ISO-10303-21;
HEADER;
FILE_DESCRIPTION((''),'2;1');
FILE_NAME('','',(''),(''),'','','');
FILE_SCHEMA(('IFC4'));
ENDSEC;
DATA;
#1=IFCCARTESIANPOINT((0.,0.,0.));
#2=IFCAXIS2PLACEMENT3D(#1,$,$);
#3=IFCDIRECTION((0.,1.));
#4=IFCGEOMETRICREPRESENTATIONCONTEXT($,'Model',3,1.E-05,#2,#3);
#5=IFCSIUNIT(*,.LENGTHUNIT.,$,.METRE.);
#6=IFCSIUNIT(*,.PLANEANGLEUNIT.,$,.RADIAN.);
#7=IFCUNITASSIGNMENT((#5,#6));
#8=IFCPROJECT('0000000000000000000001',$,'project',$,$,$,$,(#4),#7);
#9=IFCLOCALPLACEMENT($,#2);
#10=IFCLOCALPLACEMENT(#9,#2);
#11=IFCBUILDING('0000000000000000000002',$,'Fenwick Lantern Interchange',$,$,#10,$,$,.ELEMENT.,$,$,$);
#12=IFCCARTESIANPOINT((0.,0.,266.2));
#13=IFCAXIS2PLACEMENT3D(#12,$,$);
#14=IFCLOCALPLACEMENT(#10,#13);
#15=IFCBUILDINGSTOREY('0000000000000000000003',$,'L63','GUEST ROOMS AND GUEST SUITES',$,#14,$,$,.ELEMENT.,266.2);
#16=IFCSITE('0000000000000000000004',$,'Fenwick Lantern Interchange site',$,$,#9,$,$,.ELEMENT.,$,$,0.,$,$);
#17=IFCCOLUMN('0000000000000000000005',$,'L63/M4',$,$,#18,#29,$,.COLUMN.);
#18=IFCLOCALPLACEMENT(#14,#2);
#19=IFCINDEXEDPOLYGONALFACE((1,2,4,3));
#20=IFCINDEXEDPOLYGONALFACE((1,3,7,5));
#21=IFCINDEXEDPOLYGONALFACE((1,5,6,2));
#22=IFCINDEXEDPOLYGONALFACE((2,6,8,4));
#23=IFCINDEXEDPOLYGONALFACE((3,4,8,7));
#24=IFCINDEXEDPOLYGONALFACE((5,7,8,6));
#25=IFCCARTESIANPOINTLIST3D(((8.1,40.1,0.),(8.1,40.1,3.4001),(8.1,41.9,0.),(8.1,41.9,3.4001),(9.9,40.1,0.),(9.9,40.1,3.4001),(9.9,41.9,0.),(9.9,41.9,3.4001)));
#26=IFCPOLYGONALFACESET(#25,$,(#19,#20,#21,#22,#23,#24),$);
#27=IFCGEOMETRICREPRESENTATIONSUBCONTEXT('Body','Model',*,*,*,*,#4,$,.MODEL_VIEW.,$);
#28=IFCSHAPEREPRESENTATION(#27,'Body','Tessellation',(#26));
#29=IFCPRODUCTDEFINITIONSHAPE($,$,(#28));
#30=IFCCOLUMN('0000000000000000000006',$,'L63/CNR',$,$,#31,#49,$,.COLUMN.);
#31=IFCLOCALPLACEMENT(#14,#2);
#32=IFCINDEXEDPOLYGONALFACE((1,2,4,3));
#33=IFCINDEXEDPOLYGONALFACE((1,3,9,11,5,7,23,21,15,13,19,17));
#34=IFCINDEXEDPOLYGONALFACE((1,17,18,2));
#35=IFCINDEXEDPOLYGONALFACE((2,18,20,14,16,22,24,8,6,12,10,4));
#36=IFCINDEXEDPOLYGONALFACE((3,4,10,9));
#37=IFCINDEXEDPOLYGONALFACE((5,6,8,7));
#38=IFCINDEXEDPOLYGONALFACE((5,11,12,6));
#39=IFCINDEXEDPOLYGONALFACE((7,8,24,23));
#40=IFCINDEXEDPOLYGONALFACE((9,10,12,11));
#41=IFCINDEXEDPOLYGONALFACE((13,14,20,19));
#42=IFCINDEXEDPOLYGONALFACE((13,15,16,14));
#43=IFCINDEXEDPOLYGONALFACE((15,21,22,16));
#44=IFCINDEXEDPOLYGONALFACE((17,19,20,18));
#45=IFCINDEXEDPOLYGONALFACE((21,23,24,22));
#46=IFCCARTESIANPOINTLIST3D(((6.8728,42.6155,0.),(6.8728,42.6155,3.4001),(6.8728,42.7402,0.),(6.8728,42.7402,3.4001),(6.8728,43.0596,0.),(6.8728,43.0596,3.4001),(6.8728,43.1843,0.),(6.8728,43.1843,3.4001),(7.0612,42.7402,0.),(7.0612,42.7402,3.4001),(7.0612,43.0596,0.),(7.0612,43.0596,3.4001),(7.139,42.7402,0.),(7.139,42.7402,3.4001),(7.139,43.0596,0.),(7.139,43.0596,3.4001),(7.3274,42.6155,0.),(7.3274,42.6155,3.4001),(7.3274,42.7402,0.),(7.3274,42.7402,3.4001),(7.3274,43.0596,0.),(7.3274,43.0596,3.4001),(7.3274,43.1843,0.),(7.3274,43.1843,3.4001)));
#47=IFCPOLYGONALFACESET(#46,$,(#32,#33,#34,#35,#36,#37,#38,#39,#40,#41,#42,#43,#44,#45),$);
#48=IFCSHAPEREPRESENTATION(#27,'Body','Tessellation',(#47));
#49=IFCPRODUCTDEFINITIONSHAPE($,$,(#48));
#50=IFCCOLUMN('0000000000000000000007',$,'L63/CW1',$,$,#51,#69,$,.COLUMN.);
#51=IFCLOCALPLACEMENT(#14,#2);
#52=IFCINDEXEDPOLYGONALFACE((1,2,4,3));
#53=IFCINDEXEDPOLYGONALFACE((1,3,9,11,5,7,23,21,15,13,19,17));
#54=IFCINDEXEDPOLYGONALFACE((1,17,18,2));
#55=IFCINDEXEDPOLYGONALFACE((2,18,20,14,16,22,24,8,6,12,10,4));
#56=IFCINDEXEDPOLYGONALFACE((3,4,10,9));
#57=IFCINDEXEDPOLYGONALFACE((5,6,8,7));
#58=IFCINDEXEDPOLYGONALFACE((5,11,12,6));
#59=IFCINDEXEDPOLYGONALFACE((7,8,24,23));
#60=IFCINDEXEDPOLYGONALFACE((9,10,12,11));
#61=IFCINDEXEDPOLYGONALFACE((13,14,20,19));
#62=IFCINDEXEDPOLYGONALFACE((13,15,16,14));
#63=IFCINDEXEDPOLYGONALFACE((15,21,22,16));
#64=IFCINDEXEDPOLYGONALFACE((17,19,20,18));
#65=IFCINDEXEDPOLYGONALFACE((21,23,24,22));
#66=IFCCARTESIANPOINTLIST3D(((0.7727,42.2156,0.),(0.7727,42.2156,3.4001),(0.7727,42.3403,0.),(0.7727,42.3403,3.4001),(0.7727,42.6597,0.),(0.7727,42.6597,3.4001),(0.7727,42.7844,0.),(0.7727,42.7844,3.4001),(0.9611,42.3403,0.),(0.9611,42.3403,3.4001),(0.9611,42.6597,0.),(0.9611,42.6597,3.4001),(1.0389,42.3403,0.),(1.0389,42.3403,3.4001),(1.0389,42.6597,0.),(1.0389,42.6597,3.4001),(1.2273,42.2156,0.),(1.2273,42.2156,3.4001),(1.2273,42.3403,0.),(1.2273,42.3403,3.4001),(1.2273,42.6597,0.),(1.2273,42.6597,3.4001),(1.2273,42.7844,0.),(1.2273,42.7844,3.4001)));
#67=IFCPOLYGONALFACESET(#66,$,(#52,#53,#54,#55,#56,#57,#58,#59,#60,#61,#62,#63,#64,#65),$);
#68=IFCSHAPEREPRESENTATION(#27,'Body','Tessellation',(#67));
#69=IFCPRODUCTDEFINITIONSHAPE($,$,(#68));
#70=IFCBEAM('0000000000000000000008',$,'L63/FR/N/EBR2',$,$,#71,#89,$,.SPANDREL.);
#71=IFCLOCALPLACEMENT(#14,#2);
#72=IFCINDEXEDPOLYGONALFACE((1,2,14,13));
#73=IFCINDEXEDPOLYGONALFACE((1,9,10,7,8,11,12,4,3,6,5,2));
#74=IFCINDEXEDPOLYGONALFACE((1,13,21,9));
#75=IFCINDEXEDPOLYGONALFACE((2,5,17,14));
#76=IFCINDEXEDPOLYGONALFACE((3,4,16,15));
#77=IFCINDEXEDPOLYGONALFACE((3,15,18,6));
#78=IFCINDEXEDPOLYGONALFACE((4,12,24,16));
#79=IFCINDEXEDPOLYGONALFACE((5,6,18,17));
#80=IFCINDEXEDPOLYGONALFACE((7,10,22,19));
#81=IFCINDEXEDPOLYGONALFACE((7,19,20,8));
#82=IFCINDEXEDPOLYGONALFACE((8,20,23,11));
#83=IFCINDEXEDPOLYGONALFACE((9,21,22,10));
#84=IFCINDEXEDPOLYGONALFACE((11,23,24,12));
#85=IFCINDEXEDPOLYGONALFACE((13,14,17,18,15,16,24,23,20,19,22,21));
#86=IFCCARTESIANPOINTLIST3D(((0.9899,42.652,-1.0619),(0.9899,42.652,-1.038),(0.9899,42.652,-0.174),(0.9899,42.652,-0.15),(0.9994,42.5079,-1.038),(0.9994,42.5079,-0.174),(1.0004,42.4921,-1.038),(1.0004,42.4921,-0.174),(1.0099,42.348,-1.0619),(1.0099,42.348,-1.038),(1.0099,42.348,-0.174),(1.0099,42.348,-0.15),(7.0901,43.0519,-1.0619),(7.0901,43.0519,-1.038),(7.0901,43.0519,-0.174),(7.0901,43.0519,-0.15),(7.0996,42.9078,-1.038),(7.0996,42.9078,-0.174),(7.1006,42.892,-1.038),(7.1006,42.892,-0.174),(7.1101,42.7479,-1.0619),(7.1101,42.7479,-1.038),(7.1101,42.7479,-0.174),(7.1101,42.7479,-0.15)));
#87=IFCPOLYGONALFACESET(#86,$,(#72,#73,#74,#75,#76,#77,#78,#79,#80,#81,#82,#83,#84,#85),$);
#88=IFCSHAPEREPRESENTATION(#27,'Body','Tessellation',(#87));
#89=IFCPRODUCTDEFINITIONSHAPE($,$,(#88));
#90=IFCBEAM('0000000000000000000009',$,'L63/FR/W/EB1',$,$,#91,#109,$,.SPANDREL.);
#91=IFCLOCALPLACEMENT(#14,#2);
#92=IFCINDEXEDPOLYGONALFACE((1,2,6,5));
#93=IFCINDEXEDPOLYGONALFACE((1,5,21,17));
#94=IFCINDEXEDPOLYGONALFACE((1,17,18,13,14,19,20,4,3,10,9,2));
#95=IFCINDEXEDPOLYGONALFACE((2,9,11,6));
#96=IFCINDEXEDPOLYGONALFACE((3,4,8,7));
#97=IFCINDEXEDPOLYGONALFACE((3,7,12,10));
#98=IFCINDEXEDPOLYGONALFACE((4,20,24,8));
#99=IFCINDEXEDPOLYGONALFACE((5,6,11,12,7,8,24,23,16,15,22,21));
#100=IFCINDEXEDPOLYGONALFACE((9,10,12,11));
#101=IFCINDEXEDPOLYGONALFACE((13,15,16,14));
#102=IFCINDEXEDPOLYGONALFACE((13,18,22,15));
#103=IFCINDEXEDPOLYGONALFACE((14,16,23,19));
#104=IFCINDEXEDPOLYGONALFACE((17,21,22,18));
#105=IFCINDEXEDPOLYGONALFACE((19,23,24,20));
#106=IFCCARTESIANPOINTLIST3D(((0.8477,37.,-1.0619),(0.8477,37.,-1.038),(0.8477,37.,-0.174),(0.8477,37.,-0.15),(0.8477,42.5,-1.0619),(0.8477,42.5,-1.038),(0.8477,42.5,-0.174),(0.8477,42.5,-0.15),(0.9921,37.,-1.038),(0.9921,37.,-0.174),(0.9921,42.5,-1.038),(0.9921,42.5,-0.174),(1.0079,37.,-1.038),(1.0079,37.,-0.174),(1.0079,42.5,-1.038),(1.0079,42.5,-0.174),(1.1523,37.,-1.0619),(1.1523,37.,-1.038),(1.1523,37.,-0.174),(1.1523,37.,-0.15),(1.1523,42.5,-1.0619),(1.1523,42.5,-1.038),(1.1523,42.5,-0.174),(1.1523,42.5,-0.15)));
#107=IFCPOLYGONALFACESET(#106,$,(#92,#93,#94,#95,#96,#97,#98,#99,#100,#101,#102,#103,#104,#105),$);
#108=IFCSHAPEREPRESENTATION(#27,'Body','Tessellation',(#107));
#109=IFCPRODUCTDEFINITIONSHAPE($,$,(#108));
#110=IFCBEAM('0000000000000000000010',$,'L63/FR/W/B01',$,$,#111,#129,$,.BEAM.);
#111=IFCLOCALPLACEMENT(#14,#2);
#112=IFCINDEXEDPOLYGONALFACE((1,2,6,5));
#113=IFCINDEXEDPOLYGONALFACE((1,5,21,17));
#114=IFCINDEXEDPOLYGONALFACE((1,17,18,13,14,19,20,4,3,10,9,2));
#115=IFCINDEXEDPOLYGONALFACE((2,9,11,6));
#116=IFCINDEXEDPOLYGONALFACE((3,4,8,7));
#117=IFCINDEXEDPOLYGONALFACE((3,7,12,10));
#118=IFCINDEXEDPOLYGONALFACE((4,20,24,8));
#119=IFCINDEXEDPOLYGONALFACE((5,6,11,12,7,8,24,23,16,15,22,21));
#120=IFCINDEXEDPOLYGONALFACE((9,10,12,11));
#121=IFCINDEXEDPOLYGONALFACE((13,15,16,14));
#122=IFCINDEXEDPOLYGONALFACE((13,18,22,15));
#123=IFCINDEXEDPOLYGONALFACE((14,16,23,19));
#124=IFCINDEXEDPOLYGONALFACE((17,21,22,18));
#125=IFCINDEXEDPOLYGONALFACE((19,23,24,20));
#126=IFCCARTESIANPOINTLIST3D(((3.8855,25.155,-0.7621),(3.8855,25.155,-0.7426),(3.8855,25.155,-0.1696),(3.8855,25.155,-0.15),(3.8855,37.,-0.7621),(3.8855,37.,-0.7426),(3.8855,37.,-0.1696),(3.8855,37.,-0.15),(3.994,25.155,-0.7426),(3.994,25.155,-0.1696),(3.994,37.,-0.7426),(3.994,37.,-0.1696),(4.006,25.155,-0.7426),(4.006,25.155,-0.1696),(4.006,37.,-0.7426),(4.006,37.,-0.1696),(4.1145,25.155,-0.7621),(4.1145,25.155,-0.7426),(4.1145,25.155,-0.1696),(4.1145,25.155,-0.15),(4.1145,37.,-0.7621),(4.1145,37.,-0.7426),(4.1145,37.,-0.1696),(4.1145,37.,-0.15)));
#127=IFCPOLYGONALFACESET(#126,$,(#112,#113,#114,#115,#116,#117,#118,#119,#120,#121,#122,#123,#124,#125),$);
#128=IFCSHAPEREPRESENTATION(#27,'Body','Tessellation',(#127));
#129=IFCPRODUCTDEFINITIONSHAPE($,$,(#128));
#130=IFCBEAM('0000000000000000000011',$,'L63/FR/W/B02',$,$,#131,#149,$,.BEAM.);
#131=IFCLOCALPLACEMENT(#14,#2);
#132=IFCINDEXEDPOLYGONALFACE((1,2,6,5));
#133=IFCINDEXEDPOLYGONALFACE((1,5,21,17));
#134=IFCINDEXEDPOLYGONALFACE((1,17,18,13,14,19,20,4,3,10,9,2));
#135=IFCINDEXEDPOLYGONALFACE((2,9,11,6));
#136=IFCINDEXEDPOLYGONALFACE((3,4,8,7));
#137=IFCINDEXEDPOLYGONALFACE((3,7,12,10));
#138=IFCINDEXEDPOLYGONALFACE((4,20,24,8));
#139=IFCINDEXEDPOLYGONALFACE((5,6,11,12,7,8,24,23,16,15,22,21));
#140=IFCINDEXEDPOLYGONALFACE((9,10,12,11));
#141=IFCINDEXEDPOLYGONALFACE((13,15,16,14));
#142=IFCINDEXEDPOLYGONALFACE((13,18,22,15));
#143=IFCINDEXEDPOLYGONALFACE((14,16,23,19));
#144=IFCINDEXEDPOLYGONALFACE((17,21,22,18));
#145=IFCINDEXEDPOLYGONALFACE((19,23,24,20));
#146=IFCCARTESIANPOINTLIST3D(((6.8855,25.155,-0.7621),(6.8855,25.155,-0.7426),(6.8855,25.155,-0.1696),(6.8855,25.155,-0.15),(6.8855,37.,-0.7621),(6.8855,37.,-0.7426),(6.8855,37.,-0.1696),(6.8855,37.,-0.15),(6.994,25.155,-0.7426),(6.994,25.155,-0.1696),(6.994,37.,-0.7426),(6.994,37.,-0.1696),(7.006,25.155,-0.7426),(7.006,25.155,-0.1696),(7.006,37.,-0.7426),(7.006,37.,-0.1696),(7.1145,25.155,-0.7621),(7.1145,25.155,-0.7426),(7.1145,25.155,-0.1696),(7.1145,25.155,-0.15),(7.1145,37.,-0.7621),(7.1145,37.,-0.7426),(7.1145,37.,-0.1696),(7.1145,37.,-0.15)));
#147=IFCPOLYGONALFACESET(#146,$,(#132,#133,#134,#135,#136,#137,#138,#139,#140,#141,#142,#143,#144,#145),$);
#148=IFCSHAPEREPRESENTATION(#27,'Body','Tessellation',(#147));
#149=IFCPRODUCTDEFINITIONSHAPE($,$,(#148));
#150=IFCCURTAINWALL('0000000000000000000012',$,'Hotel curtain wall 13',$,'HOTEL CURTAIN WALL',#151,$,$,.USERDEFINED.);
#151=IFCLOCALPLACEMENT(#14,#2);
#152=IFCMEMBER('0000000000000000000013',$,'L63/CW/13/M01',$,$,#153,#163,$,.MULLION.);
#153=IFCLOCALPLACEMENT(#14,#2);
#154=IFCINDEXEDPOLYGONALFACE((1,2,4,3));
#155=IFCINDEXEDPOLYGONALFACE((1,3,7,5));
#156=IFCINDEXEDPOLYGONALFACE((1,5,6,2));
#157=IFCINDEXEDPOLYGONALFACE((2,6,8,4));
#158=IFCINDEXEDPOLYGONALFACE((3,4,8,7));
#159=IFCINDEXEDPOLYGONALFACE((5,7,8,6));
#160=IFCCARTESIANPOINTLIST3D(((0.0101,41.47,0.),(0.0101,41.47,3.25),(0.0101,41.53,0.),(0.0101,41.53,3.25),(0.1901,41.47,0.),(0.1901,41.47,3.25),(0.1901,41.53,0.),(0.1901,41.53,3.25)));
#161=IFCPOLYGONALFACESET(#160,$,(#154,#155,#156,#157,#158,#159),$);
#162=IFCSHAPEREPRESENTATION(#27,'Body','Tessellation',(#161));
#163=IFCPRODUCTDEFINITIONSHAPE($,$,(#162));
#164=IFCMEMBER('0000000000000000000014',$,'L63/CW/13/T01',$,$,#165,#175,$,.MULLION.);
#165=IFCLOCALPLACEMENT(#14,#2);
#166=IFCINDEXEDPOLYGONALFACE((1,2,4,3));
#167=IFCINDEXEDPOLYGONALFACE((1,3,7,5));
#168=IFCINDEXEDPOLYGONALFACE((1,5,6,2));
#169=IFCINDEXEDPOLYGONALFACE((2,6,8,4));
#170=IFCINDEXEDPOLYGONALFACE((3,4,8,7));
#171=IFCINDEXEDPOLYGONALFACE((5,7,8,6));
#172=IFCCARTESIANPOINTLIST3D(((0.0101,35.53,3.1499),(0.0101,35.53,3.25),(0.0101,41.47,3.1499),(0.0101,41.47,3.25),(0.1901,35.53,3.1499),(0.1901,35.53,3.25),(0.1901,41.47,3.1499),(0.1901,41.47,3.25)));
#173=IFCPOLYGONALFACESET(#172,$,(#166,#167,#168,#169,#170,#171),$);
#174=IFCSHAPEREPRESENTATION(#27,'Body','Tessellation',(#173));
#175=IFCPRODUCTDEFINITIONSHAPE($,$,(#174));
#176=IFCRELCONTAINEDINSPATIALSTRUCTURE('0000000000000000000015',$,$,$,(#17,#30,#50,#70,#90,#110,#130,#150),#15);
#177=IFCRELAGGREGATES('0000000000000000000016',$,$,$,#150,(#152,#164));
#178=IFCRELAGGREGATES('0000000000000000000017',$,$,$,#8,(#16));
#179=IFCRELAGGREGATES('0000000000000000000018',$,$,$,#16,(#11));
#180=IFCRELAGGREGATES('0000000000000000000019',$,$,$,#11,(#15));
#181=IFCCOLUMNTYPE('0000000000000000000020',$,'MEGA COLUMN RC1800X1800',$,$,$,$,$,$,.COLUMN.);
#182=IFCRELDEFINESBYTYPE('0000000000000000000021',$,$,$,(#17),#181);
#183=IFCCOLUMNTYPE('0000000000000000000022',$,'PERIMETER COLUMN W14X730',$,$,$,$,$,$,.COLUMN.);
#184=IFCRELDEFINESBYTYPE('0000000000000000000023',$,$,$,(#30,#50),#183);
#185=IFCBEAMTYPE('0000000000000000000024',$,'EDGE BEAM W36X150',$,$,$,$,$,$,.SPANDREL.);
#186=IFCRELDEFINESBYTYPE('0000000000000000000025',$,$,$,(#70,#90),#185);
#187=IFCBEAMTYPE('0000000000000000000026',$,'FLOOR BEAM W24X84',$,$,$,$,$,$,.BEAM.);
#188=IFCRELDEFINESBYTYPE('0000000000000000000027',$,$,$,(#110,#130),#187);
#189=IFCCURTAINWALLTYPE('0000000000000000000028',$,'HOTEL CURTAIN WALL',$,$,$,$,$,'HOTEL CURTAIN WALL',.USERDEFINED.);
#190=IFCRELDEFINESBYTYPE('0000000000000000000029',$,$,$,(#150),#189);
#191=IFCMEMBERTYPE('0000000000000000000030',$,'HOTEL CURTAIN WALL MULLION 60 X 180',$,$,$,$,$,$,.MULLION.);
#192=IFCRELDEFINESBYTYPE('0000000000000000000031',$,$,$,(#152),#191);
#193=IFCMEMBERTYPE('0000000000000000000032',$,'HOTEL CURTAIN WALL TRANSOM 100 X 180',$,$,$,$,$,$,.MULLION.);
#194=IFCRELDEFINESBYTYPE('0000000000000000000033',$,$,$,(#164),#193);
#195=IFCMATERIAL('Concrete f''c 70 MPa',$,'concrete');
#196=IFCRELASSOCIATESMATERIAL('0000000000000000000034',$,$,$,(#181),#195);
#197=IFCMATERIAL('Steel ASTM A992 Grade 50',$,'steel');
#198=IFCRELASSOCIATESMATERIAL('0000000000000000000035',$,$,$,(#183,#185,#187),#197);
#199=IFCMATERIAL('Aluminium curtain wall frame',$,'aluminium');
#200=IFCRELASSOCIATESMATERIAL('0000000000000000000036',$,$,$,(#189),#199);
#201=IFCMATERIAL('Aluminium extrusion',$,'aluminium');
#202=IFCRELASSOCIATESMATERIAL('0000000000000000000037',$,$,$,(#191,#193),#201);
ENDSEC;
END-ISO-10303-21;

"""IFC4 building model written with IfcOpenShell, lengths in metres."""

from ifc_helpers import new_model, si_unit, direction, frame, origin, origin_2d, place, context, subcontext, project, spatial, rectangle, i_section, extrude, material, material_profile, profile_set, type_object, element, aggregate, save


model = new_model("IFC4")

# Units and contexts
model_context = context("Model", 3, precision=1e-05, world=origin(), true_north=direction((0.0, 1.0)))
body_context = subcontext(model_context, "Body", "Model", "MODEL_VIEW")
ifc_project = project(units=[si_unit("LENGTHUNIT", "METRE"), si_unit("PLANEANGLEUNIT", "RADIAN")], contexts=[model_context])

# Site, building, storey
site_placement = place(None, origin())
site = spatial("IfcSite", under=ifc_project, at=site_placement, Name="Fenwick Lantern Interchange site", CompositionType="ELEMENT", RefElevation=0.0)
building_placement = place(site_placement, origin())
building = spatial("IfcBuilding", under=site, at=building_placement, Name="Fenwick Lantern Interchange", CompositionType="ELEMENT")
storey_placement = place(building_placement, frame((0.0, 0.0, 266.2)))
storey = spatial("IfcBuildingStorey", under=building, at=storey_placement, Name="L63", Description="GUEST ROOMS AND GUEST SUITES", CompositionType="ELEMENT", Elevation=266.2)

# Columns
ifc_material_1 = material(Name="Concrete f'c 70 MPa", Category="concrete")
ifc_material_profile_1 = material_profile(ifc_material_1, rectangle(XDim=1.8, YDim=1.8, at=origin_2d()), Name="RC1800X1800")
ifc_profile_set_1 = profile_set([ifc_material_profile_1], Name="Concrete f'c 70 MPa")
column_type_1 = type_object("IfcColumnType", Name="MEGA COLUMN RC1800X1800", PredefinedType="COLUMN", material=ifc_profile_set_1)
column_placement = place(storey_placement, frame((9.0, 41.0, 0.0), z_axis=(0.0, 0.0, 1.0), x_axis=(1.0, 0.0, 0.0)))
element("IfcColumn", 1, at=column_placement, inside=storey, type_object=column_type_1, Name="L63/M4", PredefinedType="COLUMN", context=body_context, shape_type="SweptSolid", body=[
    extrude(rectangle(XDim=1.8, YDim=1.8, at=origin_2d()), origin(), (0.0, 0.0, 1.0), 3.4001),
])
ifc_material_2 = material(Name="Steel ASTM A992 Grade 50", Category="steel")
ifc_material_profile_2 = material_profile(ifc_material_2, i_section(OverallWidth=0.4546, OverallDepth=0.5688, WebThickness=0.0779, FlangeThickness=0.1248, at=origin_2d()), Name="W14X730")
ifc_profile_set_2 = profile_set([ifc_material_profile_2], Name="Steel ASTM A992 Grade 50")
column_type_2 = type_object("IfcColumnType", Name="PERIMETER COLUMN W14X730", PredefinedType="COLUMN", material=ifc_profile_set_2)
for number, where, z_axis, x_axis, name in (
    (2, (7.1001, 42.8999, 0.0), (0.0, 0.0, 1.0), (1.0, 0.0, 0.0), "L63/CNR"),
    (3, (1.0, 42.5, 0.0), (0.0, 0.0, 1.0), (1.0, 0.0, 0.0), "L63/CW1"),
):
    element("IfcColumn", number, at=place(storey_placement, frame(where, z_axis=z_axis, x_axis=x_axis)), inside=storey, type_object=column_type_2, Name=name, PredefinedType="COLUMN", context=body_context, shape_type="SweptSolid", body=[
        extrude(i_section(OverallWidth=0.4546, OverallDepth=0.5688, WebThickness=0.0779, FlangeThickness=0.1248, at=origin_2d()), origin(), (0.0, 0.0, 1.0), 3.4001),
    ])

# Beams
ifc_material_profile_3 = material_profile(ifc_material_2, i_section(OverallWidth=0.3047, OverallDepth=0.9119, WebThickness=0.0159, FlangeThickness=0.0239, at=origin_2d()), Name="W36X150")
ifc_profile_set_3 = profile_set([ifc_material_profile_3], Name="Steel ASTM A992 Grade 50")
beam_type_1 = type_object("IfcBeamType", Name="EDGE BEAM W36X150", PredefinedType="SPANDREL", material=ifc_profile_set_3)
beam_1_placement = place(storey_placement, frame((7.1001, 42.8999, -0.606), z_axis=(-0.997858, -0.065416, 0.0), x_axis=(0.065416, -0.997858, 0.0)))
element("IfcBeam", 4, at=beam_1_placement, inside=storey, type_object=beam_type_1, Name="L63/FR/N/EBR2", PredefinedType="SPANDREL", context=body_context, shape_type="SweptSolid", body=[
    extrude(i_section(OverallWidth=0.3047, OverallDepth=0.9119, WebThickness=0.0159, FlangeThickness=0.0239, at=origin_2d()), origin(), (0.0, 0.0, 1.0), 6.1133),
])
beam_2_placement = place(storey_placement, frame((1.0, 42.5, -0.606), z_axis=(0.0, -1.0, 0.0), x_axis=(1.0, 0.0, 0.0)))
element("IfcBeam", 5, at=beam_2_placement, inside=storey, type_object=beam_type_1, Name="L63/FR/W/EB1", PredefinedType="SPANDREL", context=body_context, shape_type="SweptSolid", body=[
    extrude(i_section(OverallWidth=0.3047, OverallDepth=0.9119, WebThickness=0.0159, FlangeThickness=0.0239, at=origin_2d()), origin(), (0.0, 0.0, 1.0), 5.5),
])
ifc_material_profile_4 = material_profile(ifc_material_2, i_section(OverallWidth=0.229, OverallDepth=0.6121, WebThickness=0.012, FlangeThickness=0.0195, at=origin_2d()), Name="W24X84")
ifc_profile_set_4 = profile_set([ifc_material_profile_4], Name="Steel ASTM A992 Grade 50")
beam_type_2 = type_object("IfcBeamType", Name="FLOOR BEAM W24X84", PredefinedType="BEAM", material=ifc_profile_set_4)
for number, where, z_axis, x_axis, name in (
    (6, (4.0, 37.0, -0.4561), (0.0, -1.0, 0.0), (1.0, 0.0, 0.0), "L63/FR/W/B01"),
    (7, (7.0, 37.0, -0.4561), (0.0, -1.0, 0.0), (1.0, 0.0, 0.0), "L63/FR/W/B02"),
):
    element("IfcBeam", number, at=place(storey_placement, frame(where, z_axis=z_axis, x_axis=x_axis)), inside=storey, type_object=beam_type_2, Name=name, PredefinedType="BEAM", context=body_context, shape_type="SweptSolid", body=[
        extrude(i_section(OverallWidth=0.229, OverallDepth=0.6121, WebThickness=0.012, FlangeThickness=0.0195, at=origin_2d()), origin(), (0.0, 0.0, 1.0), 11.845),
    ])

# Curtain wall, members
ifc_material_3 = material(Name="Aluminium curtain wall frame", Category="aluminium")
curtain_wall_type = type_object("IfcCurtainWallType", Name="HOTEL CURTAIN WALL", ElementType="HOTEL CURTAIN WALL", PredefinedType="USERDEFINED", material=ifc_material_3)
curtain_wall_placement = place(storey_placement, origin())
curtain_wall = element("IfcCurtainWall", 8, at=curtain_wall_placement, inside=storey, type_object=curtain_wall_type, Name="Hotel curtain wall 13", ObjectType="HOTEL CURTAIN WALL", PredefinedType="USERDEFINED")
ifc_material_4 = material(Name="Aluminium extrusion", Category="aluminium")
ifc_material_profile_5 = material_profile(ifc_material_4, rectangle(XDim=0.1799, YDim=0.0601, at=origin_2d()), Name="HOTEL CURTAIN WALL MULLION 60 X 180")
ifc_profile_set_5 = profile_set([ifc_material_profile_5], Name="Aluminium extrusion")
member_type_1 = type_object("IfcMemberType", Name="HOTEL CURTAIN WALL MULLION 60 X 180", PredefinedType="MULLION", material=ifc_profile_set_5)
member_1_placement = place(storey_placement, frame((0.1001, 41.5, 0.0), z_axis=(0.0, 0.0, 1.0), x_axis=(1.0, 0.0, 0.0)))
member_1 = element("IfcMember", 9, at=member_1_placement, type_object=member_type_1, Name="L63/CW/13/M01", PredefinedType="MULLION", context=body_context, shape_type="SweptSolid", body=[
    extrude(rectangle(XDim=0.1799, YDim=0.0601, at=origin_2d()), origin(), (0.0, 0.0, 1.0), 3.25),
])
ifc_material_profile_6 = material_profile(ifc_material_4, rectangle(XDim=0.1799, YDim=0.1001, at=origin_2d()), Name="HOTEL CURTAIN WALL TRANSOM 100 X 180")
ifc_profile_set_6 = profile_set([ifc_material_profile_6], Name="Aluminium extrusion")
member_type_2 = type_object("IfcMemberType", Name="HOTEL CURTAIN WALL TRANSOM 100 X 180", PredefinedType="MULLION", material=ifc_profile_set_6)
member_2_placement = place(storey_placement, frame((0.1001, 41.47, 3.2), z_axis=(0.0, -1.0, 0.0), x_axis=(1.0, 0.0, 0.0)))
member_2 = element("IfcMember", 10, at=member_2_placement, type_object=member_type_2, Name="L63/CW/13/T01", PredefinedType="MULLION", context=body_context, shape_type="SweptSolid", body=[
    extrude(rectangle(XDim=0.1799, YDim=0.1001, at=origin_2d()), origin(), (0.0, 0.0, 1.0), 5.9399),
])

aggregate(curtain_wall, [member_1, member_2])

save(model, "model.ifc")
